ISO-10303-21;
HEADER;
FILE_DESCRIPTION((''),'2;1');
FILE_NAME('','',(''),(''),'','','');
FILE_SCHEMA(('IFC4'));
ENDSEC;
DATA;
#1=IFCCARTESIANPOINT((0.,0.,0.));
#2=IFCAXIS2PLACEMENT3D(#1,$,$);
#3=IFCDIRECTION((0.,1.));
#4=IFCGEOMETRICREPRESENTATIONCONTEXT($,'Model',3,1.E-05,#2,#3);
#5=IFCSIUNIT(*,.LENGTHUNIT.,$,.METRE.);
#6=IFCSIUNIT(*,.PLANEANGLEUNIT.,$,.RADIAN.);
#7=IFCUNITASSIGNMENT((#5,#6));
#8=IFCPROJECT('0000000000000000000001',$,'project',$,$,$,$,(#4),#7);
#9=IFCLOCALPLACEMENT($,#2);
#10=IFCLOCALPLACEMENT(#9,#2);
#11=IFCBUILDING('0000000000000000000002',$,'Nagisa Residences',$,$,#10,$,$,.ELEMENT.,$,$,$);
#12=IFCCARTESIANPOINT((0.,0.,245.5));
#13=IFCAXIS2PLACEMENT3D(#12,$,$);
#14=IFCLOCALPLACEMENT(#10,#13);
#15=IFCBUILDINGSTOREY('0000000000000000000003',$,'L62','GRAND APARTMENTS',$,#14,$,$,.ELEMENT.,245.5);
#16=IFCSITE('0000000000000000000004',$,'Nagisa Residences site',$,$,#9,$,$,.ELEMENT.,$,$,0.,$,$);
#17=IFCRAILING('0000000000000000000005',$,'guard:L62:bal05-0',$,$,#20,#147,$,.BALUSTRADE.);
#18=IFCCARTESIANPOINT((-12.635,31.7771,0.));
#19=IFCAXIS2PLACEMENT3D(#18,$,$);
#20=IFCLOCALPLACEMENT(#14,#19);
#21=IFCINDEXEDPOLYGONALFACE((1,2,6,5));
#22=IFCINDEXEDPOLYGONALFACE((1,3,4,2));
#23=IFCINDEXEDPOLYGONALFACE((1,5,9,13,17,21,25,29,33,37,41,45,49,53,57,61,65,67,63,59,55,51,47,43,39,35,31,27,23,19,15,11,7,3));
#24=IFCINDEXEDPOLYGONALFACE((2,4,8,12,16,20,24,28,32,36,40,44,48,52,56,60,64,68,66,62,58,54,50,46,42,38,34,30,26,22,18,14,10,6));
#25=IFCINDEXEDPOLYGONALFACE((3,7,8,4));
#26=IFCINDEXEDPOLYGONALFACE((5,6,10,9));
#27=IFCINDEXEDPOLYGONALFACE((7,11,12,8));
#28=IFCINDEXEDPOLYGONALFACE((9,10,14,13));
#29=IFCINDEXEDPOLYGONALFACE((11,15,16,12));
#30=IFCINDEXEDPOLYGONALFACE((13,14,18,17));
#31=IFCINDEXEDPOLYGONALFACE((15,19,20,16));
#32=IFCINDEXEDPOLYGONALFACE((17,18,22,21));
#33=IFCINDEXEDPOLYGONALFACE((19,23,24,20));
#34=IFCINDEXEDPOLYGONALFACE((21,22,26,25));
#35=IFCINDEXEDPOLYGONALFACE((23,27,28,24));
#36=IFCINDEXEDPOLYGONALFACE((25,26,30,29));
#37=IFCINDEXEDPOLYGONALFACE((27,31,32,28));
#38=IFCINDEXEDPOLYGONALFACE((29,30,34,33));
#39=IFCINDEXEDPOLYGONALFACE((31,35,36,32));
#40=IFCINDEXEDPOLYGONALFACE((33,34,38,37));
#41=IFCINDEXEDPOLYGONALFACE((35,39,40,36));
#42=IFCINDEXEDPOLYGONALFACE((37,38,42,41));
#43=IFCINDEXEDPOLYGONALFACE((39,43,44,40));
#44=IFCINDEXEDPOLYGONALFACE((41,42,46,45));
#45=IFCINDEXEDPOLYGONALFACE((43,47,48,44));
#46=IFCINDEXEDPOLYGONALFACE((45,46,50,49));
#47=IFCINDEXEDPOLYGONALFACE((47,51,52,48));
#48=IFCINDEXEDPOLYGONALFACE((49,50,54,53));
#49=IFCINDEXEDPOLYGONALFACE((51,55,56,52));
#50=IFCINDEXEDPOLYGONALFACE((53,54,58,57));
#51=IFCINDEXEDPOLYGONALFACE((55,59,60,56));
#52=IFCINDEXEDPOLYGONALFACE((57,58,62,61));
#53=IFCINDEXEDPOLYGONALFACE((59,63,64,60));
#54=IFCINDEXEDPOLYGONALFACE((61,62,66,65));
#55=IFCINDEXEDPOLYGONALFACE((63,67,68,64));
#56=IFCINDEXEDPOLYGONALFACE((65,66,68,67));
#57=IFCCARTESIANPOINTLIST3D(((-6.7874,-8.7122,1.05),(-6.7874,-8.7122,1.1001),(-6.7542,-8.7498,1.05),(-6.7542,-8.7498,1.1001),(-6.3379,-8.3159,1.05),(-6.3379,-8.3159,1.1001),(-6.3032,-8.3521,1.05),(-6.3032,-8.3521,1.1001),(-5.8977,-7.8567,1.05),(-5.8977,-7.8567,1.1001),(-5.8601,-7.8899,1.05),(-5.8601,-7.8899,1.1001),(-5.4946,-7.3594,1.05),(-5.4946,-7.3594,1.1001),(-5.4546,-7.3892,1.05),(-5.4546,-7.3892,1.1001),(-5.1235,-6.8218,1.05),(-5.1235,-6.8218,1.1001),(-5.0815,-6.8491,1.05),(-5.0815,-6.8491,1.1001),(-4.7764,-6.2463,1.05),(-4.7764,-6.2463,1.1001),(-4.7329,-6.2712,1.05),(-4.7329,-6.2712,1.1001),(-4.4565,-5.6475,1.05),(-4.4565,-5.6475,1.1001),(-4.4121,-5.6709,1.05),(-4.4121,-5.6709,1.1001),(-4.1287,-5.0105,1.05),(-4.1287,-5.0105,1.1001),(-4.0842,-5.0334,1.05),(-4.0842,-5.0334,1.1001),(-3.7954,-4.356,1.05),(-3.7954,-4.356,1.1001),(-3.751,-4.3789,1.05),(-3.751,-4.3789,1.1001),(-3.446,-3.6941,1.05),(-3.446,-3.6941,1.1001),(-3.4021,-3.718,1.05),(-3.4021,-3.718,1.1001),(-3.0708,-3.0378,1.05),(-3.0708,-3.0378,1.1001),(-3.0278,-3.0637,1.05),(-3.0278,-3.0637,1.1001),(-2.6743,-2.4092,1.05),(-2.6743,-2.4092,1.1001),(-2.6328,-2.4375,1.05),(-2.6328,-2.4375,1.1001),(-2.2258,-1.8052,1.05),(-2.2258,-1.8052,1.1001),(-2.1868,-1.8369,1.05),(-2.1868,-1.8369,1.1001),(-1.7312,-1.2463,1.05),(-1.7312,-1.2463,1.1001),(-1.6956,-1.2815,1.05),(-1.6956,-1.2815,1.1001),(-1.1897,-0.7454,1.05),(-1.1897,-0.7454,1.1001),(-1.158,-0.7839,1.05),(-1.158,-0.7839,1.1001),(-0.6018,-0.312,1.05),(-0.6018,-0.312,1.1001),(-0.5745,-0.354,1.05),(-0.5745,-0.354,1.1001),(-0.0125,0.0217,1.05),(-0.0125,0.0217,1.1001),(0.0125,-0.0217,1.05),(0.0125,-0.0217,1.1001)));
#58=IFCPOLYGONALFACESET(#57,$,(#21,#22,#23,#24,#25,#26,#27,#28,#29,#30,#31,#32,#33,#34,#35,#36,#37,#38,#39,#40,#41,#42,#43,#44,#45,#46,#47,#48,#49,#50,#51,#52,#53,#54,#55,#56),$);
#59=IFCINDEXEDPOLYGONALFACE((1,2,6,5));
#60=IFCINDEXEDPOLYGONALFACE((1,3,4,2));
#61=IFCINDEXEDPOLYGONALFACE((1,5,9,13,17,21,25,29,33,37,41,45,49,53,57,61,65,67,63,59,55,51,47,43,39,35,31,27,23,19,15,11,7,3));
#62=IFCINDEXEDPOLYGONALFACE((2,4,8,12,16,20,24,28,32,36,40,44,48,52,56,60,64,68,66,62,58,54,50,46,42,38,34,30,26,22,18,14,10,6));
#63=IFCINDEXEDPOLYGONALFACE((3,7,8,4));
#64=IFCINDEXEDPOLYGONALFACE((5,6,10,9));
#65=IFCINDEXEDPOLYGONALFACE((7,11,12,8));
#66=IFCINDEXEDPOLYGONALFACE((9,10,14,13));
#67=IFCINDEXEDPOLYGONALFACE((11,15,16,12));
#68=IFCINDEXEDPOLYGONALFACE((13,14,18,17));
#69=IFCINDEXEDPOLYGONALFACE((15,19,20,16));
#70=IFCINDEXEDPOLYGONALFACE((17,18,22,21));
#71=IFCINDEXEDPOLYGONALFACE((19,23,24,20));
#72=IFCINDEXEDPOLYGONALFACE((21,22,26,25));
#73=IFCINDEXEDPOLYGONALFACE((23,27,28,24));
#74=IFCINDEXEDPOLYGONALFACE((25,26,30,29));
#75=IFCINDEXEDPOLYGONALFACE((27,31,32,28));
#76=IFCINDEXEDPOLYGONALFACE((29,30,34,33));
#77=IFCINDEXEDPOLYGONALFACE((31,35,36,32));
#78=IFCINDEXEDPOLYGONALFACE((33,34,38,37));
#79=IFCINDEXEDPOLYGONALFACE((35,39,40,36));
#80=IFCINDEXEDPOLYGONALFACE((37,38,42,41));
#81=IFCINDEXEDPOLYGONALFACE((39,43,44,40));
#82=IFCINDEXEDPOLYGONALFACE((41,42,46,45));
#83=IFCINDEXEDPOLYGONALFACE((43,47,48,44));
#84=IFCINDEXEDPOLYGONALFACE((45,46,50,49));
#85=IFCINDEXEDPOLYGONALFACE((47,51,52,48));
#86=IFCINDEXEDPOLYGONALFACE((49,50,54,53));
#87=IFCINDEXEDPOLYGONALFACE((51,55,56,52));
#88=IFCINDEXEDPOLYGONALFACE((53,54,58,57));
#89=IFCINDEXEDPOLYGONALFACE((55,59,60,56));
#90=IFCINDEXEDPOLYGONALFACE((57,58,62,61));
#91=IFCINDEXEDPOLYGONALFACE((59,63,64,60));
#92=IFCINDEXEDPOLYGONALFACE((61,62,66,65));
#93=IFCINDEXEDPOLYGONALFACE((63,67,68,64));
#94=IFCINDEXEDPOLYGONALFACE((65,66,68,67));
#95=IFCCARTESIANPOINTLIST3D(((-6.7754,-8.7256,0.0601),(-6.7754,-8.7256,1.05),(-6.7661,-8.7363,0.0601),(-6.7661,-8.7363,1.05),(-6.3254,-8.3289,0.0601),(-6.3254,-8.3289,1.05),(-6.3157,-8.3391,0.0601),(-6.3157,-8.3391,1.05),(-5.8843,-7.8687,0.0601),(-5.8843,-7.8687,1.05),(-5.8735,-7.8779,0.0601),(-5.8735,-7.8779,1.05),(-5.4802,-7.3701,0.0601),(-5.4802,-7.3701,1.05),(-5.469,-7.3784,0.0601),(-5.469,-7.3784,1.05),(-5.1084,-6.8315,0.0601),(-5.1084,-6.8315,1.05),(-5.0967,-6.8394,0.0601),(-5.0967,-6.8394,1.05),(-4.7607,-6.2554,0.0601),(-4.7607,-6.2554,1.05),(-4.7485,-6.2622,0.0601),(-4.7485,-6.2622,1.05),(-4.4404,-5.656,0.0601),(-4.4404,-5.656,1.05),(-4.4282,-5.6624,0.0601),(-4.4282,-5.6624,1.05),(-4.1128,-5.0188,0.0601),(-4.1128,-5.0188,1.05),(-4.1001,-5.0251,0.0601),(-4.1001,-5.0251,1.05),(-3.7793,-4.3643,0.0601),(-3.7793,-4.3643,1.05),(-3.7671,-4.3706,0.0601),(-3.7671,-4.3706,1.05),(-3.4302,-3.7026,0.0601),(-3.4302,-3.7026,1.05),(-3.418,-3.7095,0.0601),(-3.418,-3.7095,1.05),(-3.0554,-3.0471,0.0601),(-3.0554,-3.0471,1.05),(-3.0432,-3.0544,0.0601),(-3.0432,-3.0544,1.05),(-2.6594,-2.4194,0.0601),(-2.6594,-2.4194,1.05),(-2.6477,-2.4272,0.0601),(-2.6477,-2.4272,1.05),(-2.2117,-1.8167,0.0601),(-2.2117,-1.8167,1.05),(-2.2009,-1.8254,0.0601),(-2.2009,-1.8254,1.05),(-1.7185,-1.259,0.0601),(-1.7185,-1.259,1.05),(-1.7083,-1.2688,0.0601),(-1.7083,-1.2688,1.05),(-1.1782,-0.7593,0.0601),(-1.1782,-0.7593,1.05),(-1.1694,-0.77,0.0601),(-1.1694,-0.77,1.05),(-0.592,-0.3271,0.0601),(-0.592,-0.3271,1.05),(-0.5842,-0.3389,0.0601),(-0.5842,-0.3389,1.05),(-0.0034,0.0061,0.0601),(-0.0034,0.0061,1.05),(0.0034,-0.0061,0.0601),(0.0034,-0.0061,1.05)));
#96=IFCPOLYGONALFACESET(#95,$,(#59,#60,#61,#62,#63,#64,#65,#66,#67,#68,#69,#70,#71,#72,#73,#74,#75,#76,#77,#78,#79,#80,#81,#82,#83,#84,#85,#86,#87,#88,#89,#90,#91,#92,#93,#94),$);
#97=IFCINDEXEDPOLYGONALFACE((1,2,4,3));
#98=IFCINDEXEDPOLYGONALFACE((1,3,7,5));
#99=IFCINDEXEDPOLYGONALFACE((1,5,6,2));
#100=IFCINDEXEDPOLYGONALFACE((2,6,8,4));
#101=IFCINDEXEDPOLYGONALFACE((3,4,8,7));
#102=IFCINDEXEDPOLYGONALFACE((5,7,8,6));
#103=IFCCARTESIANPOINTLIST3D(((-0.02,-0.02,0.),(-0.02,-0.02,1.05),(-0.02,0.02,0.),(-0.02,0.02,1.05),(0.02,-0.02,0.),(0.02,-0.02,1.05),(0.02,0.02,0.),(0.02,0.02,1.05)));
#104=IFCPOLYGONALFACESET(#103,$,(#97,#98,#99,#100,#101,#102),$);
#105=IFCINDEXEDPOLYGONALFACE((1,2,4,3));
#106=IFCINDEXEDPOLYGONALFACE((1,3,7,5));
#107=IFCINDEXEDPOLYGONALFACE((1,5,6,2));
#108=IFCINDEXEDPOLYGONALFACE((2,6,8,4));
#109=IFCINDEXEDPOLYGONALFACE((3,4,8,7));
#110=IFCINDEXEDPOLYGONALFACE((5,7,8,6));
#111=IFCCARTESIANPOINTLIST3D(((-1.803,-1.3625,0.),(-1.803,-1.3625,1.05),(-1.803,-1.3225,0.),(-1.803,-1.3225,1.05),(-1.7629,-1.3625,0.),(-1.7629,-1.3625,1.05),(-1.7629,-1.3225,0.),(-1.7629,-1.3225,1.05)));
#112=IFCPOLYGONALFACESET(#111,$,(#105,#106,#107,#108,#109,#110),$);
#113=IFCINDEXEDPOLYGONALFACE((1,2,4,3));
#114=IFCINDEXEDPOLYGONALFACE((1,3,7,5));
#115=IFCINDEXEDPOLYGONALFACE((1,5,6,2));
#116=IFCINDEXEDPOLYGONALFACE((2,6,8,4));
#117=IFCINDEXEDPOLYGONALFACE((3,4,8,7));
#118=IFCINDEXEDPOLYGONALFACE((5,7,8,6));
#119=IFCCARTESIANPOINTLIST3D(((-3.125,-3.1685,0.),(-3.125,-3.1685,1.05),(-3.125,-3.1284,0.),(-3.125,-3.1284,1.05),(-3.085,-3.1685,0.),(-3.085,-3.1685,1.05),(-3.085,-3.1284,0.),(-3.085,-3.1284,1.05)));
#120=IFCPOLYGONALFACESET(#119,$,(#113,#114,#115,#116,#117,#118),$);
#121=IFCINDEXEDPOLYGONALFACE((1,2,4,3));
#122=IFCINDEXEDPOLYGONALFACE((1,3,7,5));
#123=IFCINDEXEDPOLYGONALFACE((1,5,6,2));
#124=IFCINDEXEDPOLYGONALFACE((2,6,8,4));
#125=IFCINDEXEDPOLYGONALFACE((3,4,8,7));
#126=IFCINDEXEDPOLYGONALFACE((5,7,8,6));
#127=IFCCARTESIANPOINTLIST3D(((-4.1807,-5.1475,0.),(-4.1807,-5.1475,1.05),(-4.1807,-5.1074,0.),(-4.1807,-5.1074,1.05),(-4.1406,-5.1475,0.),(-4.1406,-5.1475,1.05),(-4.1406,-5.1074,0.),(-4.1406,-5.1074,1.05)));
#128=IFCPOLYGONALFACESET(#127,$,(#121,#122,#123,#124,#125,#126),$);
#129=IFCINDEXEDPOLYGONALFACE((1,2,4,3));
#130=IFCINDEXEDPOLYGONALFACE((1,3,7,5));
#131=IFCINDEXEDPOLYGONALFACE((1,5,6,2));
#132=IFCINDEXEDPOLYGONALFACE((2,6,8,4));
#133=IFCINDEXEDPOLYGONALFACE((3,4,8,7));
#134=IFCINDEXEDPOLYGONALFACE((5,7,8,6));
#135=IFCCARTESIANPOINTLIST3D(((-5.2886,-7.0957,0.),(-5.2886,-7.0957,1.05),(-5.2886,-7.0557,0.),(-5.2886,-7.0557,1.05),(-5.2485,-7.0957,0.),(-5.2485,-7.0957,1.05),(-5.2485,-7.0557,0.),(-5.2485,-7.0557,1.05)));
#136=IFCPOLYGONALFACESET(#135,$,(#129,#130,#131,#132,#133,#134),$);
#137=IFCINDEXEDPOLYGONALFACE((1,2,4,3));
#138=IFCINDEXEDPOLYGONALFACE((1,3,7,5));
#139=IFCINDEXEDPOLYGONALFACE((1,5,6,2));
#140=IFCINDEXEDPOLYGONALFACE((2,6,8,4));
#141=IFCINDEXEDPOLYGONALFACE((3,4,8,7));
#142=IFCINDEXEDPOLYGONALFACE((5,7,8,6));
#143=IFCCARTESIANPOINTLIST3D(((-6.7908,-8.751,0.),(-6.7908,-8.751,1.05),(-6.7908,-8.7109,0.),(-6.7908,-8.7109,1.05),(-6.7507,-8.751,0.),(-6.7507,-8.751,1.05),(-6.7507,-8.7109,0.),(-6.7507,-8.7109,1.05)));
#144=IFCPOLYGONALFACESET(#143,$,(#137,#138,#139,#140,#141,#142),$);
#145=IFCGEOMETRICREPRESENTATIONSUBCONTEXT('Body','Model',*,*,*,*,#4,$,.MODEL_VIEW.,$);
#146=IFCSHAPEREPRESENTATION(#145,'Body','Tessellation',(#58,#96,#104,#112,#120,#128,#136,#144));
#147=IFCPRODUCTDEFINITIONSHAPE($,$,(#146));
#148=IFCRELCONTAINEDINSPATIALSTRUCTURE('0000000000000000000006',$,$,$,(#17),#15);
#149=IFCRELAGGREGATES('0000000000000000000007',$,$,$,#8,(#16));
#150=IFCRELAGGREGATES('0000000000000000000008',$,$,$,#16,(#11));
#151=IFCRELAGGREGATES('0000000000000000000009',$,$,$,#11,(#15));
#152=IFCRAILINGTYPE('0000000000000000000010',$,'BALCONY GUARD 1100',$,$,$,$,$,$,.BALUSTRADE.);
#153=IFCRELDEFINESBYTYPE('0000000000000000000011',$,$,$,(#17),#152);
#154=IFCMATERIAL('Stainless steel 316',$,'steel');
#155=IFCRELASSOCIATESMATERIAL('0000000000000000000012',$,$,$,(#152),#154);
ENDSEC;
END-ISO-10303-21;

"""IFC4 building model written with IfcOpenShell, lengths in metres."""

from ifc_helpers import new_model, si_unit, direction, frame, origin, origin_2d, place, context, subcontext, project, spatial, polyline, rectangle, outline, extrude, material, type_object, element, save


model = new_model("IFC4")

# Units and contexts
model_context = context("Model", 3, precision=1e-05, world=origin(), true_north=direction((0.0, 1.0)))
body_context = subcontext(model_context, "Body", "Model", "MODEL_VIEW")
ifc_project = project(units=[si_unit("LENGTHUNIT", "METRE"), si_unit("PLANEANGLEUNIT", "RADIAN")], contexts=[model_context])

# Site, building, storey
site_placement = place(None, origin())
site = spatial("IfcSite", under=ifc_project, at=site_placement, Name="Nagisa Residences site", CompositionType="ELEMENT", RefElevation=0.0)
building_placement = place(site_placement, origin())
building = spatial("IfcBuilding", under=site, at=building_placement, Name="Nagisa Residences", CompositionType="ELEMENT")
storey_placement = place(building_placement, frame((0.0, 0.0, 245.5)))
storey = spatial("IfcBuildingStorey", under=building, at=storey_placement, Name="L62", Description="GRAND APARTMENTS", CompositionType="ELEMENT", Elevation=245.5)

# Railing
ifc_material_1 = material(Name="Stainless steel 316", Category="steel")
railing_type = type_object("IfcRailingType", Name="BALCONY GUARD 1100", PredefinedType="BALUSTRADE", material=ifc_material_1)
railing_1_placement = place(storey_placement, frame((-12.635, 31.7771, 0.0)))
element("IfcRailing", 1, at=railing_1_placement, inside=storey, type_object=railing_type, Name="guard:L62:bal05-0", PredefinedType="BALUSTRADE", context=body_context, shape_type="SweptSolid", body=[
    extrude(outline(polyline([(-0.5745, -0.354), (0.0125, -0.0217), (-0.0125, 0.0217), (-0.6018, -0.312), (-1.1897, -0.7454), (-1.7312, -1.2463), (-2.2258, -1.8052), (-2.6743, -2.4092), (-3.0708, -3.0378), (-3.446, -3.6941), (-3.7954, -4.356), (-4.1287, -5.0105), (-4.4565, -5.6475), (-4.7764, -6.2463), (-5.1235, -6.8218), (-5.4946, -7.3594), (-5.8977, -7.8567), (-6.3379, -8.3159), (-6.7874, -8.7122), (-6.7542, -8.7498), (-6.3032, -8.3521), (-5.8601, -7.8899), (-5.4546, -7.3892), (-5.0815, -6.8491), (-4.7329, -6.2712), (-4.4121, -5.6709), (-4.0842, -5.0334), (-3.751, -4.3789), (-3.4021, -3.718), (-3.0278, -3.0637), (-2.6328, -2.4375), (-2.1868, -1.8369), (-1.6956, -1.2815), (-1.158, -0.7839), (-0.5745, -0.354)])), frame((0.0, 0.0, 1.05)), (0.0, 0.0, 1.0), 0.05),
    extrude(outline(polyline([(-0.5842, -0.3389), (0.0034, -0.0061), (-0.0034, 0.0061), (-0.592, -0.3271), (-1.1782, -0.7593), (-1.7185, -1.259), (-2.2117, -1.8167), (-2.6594, -2.4194), (-3.0554, -3.0471), (-3.4302, -3.7026), (-3.7793, -4.3643), (-4.1128, -5.0188), (-4.4404, -5.656), (-4.7607, -6.2554), (-5.1084, -6.8315), (-5.4802, -7.3701), (-5.8843, -7.8687), (-6.3254, -8.3289), (-6.7754, -8.7256), (-6.7661, -8.7363), (-6.3157, -8.3391), (-5.8735, -7.8779), (-5.469, -7.3784), (-5.0967, -6.8394), (-4.7485, -6.2622), (-4.4282, -5.6624), (-4.1001, -5.0251), (-3.7671, -4.3706), (-3.418, -3.7095), (-3.0432, -3.0544), (-2.6477, -2.4272), (-2.2009, -1.8254), (-1.7083, -1.2688), (-1.1694, -0.77), (-0.5842, -0.3389)])), frame((0.0, 0.0, 0.0601)), (0.0, 0.0, 1.0), 0.99),
    extrude(rectangle(XDim=0.04, YDim=0.04, at=origin_2d()), origin(), (0.0, 0.0, 1.0), 1.05),
    extrude(rectangle(XDim=0.04, YDim=0.04, at=origin_2d()), frame((-1.783, -1.3425, 0.0)), (0.0, 0.0, 1.0), 1.05),
    extrude(rectangle(XDim=0.04, YDim=0.04, at=origin_2d()), frame((-3.105, -3.1484, 0.0)), (0.0, 0.0, 1.0), 1.05),
    extrude(rectangle(XDim=0.04, YDim=0.04, at=origin_2d()), frame((-4.1606, -5.1274, 0.0)), (0.0, 0.0, 1.0), 1.05),
    extrude(rectangle(XDim=0.04, YDim=0.04, at=origin_2d()), frame((-5.2686, -7.0757, 0.0)), (0.0, 0.0, 1.0), 1.05),
    extrude(rectangle(XDim=0.04, YDim=0.04, at=origin_2d()), frame((-6.7708, -8.731, 0.0)), (0.0, 0.0, 1.0), 1.05),
])

save(model, "model.ifc")
